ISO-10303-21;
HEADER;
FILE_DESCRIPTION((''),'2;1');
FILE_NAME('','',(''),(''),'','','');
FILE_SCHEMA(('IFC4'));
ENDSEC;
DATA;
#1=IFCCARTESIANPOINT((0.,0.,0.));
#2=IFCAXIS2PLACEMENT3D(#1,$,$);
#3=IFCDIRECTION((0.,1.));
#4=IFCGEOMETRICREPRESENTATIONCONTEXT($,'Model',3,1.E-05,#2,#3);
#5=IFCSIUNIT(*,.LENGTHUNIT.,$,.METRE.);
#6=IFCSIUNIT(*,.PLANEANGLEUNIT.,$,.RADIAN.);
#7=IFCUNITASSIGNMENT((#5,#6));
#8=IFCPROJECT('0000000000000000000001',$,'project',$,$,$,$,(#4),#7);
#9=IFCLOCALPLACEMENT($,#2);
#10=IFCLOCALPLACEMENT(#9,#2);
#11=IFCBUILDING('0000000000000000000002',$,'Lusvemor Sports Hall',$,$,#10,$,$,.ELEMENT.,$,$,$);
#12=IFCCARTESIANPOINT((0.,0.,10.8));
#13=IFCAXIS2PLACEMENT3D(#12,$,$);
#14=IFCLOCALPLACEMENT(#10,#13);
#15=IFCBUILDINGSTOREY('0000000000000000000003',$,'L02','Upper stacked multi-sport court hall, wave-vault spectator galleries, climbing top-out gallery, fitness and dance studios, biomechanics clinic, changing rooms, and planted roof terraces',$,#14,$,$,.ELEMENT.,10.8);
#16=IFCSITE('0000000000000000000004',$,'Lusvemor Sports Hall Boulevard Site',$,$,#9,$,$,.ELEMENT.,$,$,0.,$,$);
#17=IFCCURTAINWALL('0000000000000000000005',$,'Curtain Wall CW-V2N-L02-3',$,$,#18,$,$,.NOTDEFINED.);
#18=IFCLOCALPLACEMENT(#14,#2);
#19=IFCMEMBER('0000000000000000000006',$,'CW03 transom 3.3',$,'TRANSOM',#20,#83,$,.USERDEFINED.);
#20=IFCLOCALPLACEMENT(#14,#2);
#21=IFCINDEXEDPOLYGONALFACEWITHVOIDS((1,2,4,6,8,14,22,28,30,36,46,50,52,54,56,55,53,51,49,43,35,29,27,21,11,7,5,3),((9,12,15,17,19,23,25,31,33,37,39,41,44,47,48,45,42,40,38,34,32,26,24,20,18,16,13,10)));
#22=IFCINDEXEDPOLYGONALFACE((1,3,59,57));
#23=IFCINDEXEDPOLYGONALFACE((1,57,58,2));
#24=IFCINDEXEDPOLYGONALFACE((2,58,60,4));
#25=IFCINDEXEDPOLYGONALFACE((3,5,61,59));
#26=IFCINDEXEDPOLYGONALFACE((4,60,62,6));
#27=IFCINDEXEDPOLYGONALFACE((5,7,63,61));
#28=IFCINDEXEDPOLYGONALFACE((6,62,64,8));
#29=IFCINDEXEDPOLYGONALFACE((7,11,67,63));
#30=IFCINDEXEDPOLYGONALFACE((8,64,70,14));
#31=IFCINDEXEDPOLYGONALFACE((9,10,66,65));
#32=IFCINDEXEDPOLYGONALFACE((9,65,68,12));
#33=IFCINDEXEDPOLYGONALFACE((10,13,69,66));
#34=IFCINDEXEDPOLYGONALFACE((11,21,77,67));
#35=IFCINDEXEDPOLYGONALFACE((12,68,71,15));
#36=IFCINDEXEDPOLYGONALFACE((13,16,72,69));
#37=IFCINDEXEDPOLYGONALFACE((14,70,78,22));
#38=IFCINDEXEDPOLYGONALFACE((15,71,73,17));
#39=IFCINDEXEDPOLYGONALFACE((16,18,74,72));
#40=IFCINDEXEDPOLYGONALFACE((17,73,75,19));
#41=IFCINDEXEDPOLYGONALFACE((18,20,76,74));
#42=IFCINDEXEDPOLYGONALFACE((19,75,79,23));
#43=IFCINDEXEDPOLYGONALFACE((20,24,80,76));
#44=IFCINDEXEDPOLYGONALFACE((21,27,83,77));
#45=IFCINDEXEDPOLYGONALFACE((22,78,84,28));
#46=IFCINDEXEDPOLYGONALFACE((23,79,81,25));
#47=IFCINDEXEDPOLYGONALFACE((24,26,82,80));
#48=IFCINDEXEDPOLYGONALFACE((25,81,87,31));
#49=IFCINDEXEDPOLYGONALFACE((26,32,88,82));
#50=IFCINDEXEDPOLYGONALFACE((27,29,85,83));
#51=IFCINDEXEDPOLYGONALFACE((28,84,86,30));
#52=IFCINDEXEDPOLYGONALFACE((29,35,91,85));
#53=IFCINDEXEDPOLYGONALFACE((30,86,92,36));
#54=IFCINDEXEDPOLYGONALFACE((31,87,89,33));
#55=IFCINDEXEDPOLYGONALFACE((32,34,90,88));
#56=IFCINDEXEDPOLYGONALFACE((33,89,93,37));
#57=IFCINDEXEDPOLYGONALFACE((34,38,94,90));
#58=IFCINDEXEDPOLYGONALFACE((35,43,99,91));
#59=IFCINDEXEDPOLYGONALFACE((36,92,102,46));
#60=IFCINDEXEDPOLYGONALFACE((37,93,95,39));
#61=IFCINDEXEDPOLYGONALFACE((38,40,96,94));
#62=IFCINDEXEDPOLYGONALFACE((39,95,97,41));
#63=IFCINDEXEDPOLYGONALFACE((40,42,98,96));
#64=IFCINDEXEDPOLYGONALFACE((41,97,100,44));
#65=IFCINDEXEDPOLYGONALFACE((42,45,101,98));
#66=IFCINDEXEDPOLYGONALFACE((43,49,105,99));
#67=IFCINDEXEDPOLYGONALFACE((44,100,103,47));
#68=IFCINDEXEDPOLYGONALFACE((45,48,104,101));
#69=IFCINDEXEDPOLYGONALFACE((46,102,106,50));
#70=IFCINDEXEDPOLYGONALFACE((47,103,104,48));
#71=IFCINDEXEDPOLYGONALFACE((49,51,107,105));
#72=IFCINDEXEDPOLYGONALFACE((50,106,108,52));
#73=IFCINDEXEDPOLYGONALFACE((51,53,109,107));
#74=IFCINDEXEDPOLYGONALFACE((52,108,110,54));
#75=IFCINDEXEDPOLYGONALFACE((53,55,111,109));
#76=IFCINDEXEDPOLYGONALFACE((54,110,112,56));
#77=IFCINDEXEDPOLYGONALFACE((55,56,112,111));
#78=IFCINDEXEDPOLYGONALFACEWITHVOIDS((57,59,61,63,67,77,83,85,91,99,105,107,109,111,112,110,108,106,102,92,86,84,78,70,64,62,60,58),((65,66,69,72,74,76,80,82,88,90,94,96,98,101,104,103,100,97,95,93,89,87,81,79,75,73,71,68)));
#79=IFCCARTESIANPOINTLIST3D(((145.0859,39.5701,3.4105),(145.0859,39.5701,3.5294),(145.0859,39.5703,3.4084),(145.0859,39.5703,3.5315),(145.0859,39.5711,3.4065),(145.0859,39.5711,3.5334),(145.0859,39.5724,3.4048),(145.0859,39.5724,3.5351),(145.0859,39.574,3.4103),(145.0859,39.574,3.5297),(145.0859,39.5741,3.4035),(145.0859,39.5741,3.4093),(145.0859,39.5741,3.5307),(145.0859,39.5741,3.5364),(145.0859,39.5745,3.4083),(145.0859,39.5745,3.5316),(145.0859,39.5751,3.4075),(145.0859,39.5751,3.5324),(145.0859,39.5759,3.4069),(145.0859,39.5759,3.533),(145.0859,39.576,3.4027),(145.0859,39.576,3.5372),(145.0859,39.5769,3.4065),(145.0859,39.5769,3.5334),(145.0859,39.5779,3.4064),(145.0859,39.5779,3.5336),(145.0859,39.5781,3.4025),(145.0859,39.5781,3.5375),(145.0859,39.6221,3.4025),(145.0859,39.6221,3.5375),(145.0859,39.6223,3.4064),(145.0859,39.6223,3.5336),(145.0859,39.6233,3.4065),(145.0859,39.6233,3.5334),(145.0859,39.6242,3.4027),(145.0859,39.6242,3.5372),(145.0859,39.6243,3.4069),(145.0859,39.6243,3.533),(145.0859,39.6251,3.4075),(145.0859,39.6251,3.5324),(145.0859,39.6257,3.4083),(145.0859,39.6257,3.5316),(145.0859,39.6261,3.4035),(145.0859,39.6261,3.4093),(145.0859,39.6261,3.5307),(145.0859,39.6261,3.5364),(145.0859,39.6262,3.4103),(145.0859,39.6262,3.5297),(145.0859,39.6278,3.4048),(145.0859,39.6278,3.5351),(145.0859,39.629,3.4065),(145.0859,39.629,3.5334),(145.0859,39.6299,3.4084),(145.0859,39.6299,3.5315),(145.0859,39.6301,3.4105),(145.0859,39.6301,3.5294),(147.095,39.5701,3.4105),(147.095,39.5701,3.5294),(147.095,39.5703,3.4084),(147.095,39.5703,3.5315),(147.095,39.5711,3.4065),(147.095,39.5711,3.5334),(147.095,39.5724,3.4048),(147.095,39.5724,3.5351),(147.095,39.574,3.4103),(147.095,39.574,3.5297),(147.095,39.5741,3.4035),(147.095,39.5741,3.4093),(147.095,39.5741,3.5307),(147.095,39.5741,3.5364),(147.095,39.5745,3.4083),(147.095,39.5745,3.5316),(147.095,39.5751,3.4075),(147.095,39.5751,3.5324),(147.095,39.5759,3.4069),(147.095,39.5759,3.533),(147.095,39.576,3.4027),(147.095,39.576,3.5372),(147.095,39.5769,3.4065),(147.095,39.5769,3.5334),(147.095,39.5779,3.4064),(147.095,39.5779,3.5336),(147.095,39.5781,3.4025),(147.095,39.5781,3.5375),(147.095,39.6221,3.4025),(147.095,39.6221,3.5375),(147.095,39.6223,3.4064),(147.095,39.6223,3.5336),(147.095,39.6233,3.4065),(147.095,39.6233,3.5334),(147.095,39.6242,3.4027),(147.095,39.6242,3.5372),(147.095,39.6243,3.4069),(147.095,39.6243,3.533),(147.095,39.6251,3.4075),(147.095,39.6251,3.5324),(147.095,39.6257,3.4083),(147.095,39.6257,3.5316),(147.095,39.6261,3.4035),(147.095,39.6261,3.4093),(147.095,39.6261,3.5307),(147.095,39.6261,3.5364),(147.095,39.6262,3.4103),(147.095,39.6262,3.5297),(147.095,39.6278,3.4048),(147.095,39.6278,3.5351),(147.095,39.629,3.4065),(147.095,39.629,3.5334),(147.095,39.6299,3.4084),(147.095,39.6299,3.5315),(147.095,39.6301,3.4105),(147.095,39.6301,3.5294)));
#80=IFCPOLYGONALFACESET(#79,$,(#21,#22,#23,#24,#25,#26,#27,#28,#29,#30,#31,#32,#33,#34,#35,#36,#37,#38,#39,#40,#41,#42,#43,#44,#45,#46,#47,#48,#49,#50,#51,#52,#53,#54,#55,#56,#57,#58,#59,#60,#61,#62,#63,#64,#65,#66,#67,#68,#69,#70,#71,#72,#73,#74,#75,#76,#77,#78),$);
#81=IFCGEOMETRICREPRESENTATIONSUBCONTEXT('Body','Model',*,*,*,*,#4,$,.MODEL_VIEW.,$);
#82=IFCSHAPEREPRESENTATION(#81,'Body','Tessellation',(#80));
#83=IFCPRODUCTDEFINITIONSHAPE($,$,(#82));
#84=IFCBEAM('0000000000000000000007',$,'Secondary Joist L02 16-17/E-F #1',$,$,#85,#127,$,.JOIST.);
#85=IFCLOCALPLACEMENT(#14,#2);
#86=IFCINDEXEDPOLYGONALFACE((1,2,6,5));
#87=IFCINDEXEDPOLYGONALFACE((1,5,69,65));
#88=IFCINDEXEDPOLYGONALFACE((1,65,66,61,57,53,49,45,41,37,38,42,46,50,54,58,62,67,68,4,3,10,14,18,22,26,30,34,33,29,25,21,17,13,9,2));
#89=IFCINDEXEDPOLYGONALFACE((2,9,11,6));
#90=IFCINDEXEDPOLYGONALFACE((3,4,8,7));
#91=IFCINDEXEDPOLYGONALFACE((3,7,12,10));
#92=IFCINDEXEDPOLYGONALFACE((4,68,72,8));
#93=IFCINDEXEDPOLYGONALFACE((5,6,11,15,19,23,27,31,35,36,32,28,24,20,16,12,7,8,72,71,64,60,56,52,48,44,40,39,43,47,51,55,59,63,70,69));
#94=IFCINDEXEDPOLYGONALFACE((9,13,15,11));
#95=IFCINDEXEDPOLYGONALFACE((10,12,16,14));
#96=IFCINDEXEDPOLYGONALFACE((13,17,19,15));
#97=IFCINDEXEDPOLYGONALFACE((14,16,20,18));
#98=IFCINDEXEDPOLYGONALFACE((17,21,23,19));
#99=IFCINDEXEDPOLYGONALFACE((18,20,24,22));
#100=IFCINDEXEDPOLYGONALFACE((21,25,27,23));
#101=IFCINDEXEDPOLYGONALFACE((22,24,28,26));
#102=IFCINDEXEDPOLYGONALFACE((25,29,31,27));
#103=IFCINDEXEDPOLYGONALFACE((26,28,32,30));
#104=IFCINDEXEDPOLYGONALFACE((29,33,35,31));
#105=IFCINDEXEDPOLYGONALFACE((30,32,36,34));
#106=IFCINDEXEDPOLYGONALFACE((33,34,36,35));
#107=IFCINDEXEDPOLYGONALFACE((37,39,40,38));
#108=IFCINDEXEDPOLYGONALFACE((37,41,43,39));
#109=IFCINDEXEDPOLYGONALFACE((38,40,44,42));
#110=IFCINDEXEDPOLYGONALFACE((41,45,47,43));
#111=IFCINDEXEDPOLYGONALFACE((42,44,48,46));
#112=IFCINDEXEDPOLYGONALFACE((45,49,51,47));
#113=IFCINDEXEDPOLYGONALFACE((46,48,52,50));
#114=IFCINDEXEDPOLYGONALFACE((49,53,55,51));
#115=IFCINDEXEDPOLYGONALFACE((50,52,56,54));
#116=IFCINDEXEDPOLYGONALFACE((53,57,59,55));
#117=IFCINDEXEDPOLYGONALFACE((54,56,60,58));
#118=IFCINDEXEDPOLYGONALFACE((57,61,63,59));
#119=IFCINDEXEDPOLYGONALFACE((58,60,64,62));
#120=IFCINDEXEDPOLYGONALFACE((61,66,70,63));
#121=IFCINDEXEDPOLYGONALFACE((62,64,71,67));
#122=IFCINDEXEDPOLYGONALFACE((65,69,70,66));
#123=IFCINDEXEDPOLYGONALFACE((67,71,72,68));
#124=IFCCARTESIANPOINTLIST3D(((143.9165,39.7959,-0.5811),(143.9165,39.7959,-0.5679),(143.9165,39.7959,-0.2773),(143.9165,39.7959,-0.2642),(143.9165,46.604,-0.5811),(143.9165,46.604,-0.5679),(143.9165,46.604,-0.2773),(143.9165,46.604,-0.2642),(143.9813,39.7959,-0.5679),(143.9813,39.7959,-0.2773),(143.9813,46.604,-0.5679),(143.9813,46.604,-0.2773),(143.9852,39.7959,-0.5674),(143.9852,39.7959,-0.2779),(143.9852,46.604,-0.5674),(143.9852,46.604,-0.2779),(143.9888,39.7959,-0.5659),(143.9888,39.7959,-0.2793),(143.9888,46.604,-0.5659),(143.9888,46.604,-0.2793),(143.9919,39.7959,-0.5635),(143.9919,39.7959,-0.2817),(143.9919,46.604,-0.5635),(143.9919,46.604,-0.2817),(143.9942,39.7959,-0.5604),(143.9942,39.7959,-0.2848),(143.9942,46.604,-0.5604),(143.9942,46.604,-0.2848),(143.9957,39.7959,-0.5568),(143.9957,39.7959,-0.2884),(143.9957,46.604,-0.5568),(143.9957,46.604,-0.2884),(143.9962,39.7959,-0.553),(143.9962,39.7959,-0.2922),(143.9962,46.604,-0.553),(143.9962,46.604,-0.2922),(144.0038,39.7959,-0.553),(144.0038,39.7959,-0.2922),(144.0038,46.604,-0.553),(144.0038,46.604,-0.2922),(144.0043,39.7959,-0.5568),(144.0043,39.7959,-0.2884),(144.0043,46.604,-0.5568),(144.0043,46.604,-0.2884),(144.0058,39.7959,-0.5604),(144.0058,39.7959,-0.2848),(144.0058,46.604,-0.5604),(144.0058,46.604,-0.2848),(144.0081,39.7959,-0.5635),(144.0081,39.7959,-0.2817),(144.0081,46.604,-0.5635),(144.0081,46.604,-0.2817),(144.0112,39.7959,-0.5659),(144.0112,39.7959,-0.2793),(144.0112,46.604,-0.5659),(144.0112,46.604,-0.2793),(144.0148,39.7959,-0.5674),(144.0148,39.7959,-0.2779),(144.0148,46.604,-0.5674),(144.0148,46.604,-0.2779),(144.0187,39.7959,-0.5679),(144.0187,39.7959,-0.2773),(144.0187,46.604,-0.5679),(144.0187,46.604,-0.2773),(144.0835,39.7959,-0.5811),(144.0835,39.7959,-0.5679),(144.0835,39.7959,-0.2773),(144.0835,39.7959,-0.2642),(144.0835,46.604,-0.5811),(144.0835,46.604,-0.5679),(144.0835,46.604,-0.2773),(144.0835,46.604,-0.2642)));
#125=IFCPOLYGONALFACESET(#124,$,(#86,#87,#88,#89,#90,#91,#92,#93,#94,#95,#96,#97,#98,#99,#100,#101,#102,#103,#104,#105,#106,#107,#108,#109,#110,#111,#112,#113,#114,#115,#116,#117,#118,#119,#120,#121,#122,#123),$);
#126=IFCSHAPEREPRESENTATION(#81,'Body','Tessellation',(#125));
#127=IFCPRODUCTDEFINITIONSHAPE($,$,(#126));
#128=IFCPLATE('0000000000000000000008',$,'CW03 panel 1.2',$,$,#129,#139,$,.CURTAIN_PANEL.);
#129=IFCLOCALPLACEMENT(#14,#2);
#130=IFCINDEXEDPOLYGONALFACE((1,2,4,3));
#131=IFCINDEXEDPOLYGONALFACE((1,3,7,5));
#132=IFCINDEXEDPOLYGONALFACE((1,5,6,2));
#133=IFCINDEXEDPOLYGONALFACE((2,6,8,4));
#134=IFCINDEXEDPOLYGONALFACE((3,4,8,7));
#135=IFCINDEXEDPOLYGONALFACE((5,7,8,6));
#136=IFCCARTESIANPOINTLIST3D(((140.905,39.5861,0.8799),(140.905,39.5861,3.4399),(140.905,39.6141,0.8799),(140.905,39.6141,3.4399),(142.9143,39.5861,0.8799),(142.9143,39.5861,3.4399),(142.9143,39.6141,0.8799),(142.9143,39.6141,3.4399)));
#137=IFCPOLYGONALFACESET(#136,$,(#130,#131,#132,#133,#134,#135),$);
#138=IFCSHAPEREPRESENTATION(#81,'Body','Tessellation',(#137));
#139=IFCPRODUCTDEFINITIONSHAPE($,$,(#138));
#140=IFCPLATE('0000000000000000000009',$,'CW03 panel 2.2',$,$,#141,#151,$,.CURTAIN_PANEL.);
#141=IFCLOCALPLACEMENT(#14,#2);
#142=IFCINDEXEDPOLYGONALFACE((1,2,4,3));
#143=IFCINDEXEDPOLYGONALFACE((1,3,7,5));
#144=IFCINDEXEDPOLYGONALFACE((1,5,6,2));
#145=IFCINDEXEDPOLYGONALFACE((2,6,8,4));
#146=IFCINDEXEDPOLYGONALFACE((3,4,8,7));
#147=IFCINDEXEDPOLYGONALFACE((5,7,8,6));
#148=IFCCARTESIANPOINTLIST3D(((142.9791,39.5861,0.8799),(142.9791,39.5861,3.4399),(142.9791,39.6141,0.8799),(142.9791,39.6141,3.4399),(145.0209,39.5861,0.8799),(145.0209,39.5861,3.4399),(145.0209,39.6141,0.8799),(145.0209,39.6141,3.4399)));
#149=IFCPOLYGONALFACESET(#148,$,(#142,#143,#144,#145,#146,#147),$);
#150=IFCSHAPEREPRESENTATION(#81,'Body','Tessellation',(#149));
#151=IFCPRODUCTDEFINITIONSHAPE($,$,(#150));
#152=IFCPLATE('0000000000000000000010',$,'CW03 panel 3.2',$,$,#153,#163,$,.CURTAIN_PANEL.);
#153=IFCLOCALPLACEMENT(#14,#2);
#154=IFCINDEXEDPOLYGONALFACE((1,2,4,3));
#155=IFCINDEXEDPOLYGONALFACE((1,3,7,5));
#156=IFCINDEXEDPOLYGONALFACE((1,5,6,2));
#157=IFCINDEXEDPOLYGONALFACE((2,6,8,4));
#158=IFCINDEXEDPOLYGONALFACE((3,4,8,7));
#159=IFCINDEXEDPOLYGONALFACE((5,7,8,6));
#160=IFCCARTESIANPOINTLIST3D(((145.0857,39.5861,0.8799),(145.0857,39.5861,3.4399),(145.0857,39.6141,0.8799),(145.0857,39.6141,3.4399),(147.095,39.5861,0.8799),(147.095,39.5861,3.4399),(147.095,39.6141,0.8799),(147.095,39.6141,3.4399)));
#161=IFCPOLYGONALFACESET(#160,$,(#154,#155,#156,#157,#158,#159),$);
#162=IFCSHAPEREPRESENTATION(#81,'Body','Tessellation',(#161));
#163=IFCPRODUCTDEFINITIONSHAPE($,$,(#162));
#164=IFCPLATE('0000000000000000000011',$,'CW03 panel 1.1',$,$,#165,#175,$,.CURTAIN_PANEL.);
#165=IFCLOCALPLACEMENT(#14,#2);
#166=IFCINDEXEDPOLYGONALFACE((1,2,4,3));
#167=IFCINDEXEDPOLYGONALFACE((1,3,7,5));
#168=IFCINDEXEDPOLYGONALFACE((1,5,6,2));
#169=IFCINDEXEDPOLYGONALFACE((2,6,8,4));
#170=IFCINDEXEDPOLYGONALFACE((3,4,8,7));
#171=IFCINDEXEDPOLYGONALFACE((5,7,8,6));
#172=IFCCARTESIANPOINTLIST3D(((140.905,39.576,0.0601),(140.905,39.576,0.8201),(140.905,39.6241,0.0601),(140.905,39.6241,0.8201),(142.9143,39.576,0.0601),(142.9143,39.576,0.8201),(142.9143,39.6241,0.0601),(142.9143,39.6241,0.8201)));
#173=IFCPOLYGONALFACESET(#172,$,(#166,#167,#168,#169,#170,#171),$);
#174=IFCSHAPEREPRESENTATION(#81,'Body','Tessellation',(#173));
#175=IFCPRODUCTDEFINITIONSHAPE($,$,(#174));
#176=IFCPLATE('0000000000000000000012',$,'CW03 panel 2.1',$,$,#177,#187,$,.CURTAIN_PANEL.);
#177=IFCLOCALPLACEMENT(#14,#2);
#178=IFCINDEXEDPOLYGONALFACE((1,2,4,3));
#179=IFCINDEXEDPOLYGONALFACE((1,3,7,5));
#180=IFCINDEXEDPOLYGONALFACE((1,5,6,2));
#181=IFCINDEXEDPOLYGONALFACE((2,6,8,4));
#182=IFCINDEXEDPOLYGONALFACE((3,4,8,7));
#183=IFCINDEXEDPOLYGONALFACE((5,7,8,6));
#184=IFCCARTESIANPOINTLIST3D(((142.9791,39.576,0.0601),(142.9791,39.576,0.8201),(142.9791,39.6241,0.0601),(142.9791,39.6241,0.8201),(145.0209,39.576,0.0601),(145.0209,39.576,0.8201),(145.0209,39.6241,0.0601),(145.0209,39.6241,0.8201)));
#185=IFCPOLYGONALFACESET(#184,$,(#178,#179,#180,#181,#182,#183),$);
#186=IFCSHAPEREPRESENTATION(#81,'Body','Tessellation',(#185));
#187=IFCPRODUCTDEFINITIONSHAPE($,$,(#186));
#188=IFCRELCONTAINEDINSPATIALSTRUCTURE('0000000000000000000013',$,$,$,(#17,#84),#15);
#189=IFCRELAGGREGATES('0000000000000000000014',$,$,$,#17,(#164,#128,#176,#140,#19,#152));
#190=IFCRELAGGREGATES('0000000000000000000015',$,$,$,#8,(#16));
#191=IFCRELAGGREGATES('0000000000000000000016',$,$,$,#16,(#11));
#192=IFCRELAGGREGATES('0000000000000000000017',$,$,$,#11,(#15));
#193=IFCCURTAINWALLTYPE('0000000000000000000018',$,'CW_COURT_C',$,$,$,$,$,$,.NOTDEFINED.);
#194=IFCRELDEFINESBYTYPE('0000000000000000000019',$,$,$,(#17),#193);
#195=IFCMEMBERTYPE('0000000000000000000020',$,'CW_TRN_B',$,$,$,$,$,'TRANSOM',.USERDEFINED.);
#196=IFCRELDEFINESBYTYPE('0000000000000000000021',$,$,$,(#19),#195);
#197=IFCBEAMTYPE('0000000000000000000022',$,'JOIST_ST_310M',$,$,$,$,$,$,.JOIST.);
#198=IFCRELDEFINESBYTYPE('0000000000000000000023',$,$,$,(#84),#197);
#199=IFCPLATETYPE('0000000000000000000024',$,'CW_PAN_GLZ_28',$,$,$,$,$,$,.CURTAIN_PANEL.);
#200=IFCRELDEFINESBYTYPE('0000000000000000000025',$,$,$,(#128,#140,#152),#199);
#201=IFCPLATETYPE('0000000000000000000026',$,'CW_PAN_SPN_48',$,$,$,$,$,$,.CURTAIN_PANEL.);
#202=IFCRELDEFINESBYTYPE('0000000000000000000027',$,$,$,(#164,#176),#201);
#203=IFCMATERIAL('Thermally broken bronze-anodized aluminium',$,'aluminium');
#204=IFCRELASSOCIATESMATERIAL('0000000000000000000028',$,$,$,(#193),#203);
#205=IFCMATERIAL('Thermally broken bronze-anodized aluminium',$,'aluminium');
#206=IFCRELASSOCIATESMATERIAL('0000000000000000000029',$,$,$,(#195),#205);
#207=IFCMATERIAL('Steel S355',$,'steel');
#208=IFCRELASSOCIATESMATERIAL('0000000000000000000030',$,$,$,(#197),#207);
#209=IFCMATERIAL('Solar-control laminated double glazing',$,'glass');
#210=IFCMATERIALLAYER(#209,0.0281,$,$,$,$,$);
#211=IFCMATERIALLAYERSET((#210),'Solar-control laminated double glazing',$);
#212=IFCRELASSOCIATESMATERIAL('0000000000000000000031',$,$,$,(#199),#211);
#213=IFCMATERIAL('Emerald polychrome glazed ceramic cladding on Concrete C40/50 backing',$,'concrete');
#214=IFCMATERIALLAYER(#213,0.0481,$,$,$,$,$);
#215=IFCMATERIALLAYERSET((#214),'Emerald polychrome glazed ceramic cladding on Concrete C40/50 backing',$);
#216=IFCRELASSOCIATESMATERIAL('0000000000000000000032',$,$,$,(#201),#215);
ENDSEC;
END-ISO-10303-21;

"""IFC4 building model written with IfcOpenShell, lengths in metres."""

from ifc_helpers import new_model, si_unit, direction, frame, origin, origin_2d, place, context, subcontext, project, spatial, rectangle, hollow_rectangle, i_section, extrude, material, layer, layer_set, material_profile, profile_set, type_object, element, aggregate, save


model = new_model("IFC4")

# Units and contexts
model_context = context("Model", 3, precision=1e-05, world=origin(), true_north=direction((0.0, 1.0)))
body_context = subcontext(model_context, "Body", "Model", "MODEL_VIEW")
ifc_project = project(units=[si_unit("LENGTHUNIT", "METRE"), si_unit("PLANEANGLEUNIT", "RADIAN")], contexts=[model_context])

# Site, building, storey
site_placement = place(None, origin())
site = spatial("IfcSite", under=ifc_project, at=site_placement, Name="Lusvemor Sports Hall Boulevard Site", CompositionType="ELEMENT", RefElevation=0.0)
building_placement = place(site_placement, origin())
building = spatial("IfcBuilding", under=site, at=building_placement, Name="Lusvemor Sports Hall", CompositionType="ELEMENT")
storey_placement = place(building_placement, frame((0.0, 0.0, 10.8)))
storey = spatial("IfcBuildingStorey", under=building, at=storey_placement, Name="L02", Description="Upper stacked multi-sport court hall, wave-vault spectator galleries, climbing top-out gallery, fitness and dance studios, biomechanics clinic, changing rooms, and planted roof terraces", CompositionType="ELEMENT", Elevation=10.8)

# Curtain wall, member
ifc_material_1 = material(Name="Thermally broken bronze-anodized aluminium", Category="aluminium")
curtain_wall_type = type_object("IfcCurtainWallType", Name="CW_COURT_C", PredefinedType="NOTDEFINED", material=ifc_material_1)
curtain_wall_placement = place(storey_placement, origin())
curtain_wall = element("IfcCurtainWall", 1, at=curtain_wall_placement, inside=storey, type_object=curtain_wall_type, Name="Curtain Wall CW-V2N-L02-3", PredefinedType="NOTDEFINED")
ifc_material_2 = material(Name="Thermally broken bronze-anodized aluminium", Category="aluminium")
ifc_material_profile_1 = material_profile(ifc_material_2, hollow_rectangle(XDim=0.0601, YDim=0.135, WallThickness=0.0039, InnerFilletRadius=0.0039, OuterFilletRadius=0.0081, at=origin_2d()), Name="CWTRN135x60x4")
ifc_profile_set_1 = profile_set([ifc_material_profile_1], Name="Thermally broken bronze-anodized aluminium")
member_type_1 = type_object("IfcMemberType", Name="CW_TRN_B", ElementType="TRANSOM", PredefinedType="USERDEFINED", material=ifc_profile_set_1)
member_1_placement = place(storey_placement, frame((145.0859, 39.6001, 3.47), z_axis=(1.0, 0.0, 0.0), x_axis=(0.0, 1.0, 0.0)))
member_1 = element("IfcMember", 2, at=member_1_placement, type_object=member_type_1, Name="CW03 transom 3.3", ObjectType="TRANSOM", PredefinedType="USERDEFINED", context=body_context, shape_type="SweptSolid", body=[
    extrude(hollow_rectangle(XDim=0.0601, YDim=0.135, WallThickness=0.0039, InnerFilletRadius=0.0039, OuterFilletRadius=0.0081, at=origin_2d()), origin(), (0.0, 0.0, 1.0), 2.009),
])

# Beam
ifc_material_3 = material(Name="Steel S355", Category="steel")
ifc_material_profile_2 = material_profile(ifc_material_3, i_section(OverallWidth=0.167, OverallDepth=0.3169, WebThickness=0.0076, FlangeThickness=0.0132, FilletRadius=0.0149, at=origin_2d()), Name="W310x52.0")
ifc_profile_set_2 = profile_set([ifc_material_profile_2], Name="Steel S355")
beam_type_1 = type_object("IfcBeamType", Name="JOIST_ST_310M", PredefinedType="JOIST", material=ifc_profile_set_2)
beam_1_placement = place(storey_placement, frame((144.0, 39.7959, -0.4226), z_axis=(0.0, 1.0, 0.0), x_axis=(-1.0, 0.0, 0.0)))
element("IfcBeam", 3, at=beam_1_placement, inside=storey, type_object=beam_type_1, Name="Secondary Joist L02 16-17/E-F #1", PredefinedType="JOIST", context=body_context, shape_type="SweptSolid", body=[
    extrude(i_section(OverallWidth=0.167, OverallDepth=0.3169, WebThickness=0.0076, FlangeThickness=0.0132, FilletRadius=0.0149, at=origin_2d()), origin(), (0.0, 0.0, 1.0), 6.8081),
])

# Plates
ifc_material_4 = material(Name="Solar-control laminated double glazing", Category="glass")
ifc_layer_1 = layer(ifc_material_4, 0.0281)
ifc_layer_set_1 = layer_set([ifc_layer_1], Name="Solar-control laminated double glazing")
plate_type_1 = type_object("IfcPlateType", Name="CW_PAN_GLZ_28", PredefinedType="CURTAIN_PANEL", material=ifc_layer_set_1)
plate_1_placement = place(storey_placement, frame((141.9097, 39.6001, 0.8799), z_axis=(0.0, 0.0, 1.0), x_axis=(1.0, 0.0, 0.0)))
plate_1 = element("IfcPlate", 4, at=plate_1_placement, type_object=plate_type_1, Name="CW03 panel 1.2", PredefinedType="CURTAIN_PANEL", context=body_context, shape_type="SweptSolid", body=[
    extrude(rectangle(XDim=2.0093, YDim=0.0281, at=origin_2d()), origin(), (0.0, 0.0, 1.0), 2.5601),
])
plate_2_placement = place(storey_placement, frame((144.0, 39.6001, 0.8799), z_axis=(0.0, 0.0, 1.0), x_axis=(1.0, 0.0, 0.0)))
plate_2 = element("IfcPlate", 5, at=plate_2_placement, type_object=plate_type_1, Name="CW03 panel 2.2", PredefinedType="CURTAIN_PANEL", context=body_context, shape_type="SweptSolid", body=[
    extrude(rectangle(XDim=2.0417, YDim=0.0281, at=origin_2d()), origin(), (0.0, 0.0, 1.0), 2.5601),
])
plate_3_placement = place(storey_placement, frame((146.0903, 39.6001, 0.8799), z_axis=(0.0, 0.0, 1.0), x_axis=(1.0, 0.0, 0.0)))
plate_3 = element("IfcPlate", 6, at=plate_3_placement, type_object=plate_type_1, Name="CW03 panel 3.2", PredefinedType="CURTAIN_PANEL", context=body_context, shape_type="SweptSolid", body=[
    extrude(rectangle(XDim=2.0093, YDim=0.0281, at=origin_2d()), origin(), (0.0, 0.0, 1.0), 2.5601),
])
ifc_material_5 = material(Name="Emerald polychrome glazed ceramic cladding on Concrete C40/50 backing", Category="concrete")
ifc_layer_2 = layer(ifc_material_5, 0.0481)
ifc_layer_set_2 = layer_set([ifc_layer_2], Name="Emerald polychrome glazed ceramic cladding on Concrete C40/50 backing")
plate_type_2 = type_object("IfcPlateType", Name="CW_PAN_SPN_48", PredefinedType="CURTAIN_PANEL", material=ifc_layer_set_2)
plate_4_placement = place(storey_placement, frame((141.9097, 39.6001, 0.0601), z_axis=(0.0, 0.0, 1.0), x_axis=(1.0, 0.0, 0.0)))
plate_4 = element("IfcPlate", 7, at=plate_4_placement, type_object=plate_type_2, Name="CW03 panel 1.1", PredefinedType="CURTAIN_PANEL", context=body_context, shape_type="SweptSolid", body=[
    extrude(rectangle(XDim=2.0093, YDim=0.0481, at=origin_2d()), origin(), (0.0, 0.0, 1.0), 0.76),
])
plate_5_placement = place(storey_placement, frame((144.0, 39.6001, 0.0601), z_axis=(0.0, 0.0, 1.0), x_axis=(1.0, 0.0, 0.0)))
plate_5 = element("IfcPlate", 8, at=plate_5_placement, type_object=plate_type_2, Name="CW03 panel 2.1", PredefinedType="CURTAIN_PANEL", context=body_context, shape_type="SweptSolid", body=[
    extrude(rectangle(XDim=2.0417, YDim=0.0481, at=origin_2d()), origin(), (0.0, 0.0, 1.0), 0.76),
])
aggregate(curtain_wall, [plate_4, plate_1, plate_5, plate_2, member_1, plate_3])

save(model, "model.ifc")
